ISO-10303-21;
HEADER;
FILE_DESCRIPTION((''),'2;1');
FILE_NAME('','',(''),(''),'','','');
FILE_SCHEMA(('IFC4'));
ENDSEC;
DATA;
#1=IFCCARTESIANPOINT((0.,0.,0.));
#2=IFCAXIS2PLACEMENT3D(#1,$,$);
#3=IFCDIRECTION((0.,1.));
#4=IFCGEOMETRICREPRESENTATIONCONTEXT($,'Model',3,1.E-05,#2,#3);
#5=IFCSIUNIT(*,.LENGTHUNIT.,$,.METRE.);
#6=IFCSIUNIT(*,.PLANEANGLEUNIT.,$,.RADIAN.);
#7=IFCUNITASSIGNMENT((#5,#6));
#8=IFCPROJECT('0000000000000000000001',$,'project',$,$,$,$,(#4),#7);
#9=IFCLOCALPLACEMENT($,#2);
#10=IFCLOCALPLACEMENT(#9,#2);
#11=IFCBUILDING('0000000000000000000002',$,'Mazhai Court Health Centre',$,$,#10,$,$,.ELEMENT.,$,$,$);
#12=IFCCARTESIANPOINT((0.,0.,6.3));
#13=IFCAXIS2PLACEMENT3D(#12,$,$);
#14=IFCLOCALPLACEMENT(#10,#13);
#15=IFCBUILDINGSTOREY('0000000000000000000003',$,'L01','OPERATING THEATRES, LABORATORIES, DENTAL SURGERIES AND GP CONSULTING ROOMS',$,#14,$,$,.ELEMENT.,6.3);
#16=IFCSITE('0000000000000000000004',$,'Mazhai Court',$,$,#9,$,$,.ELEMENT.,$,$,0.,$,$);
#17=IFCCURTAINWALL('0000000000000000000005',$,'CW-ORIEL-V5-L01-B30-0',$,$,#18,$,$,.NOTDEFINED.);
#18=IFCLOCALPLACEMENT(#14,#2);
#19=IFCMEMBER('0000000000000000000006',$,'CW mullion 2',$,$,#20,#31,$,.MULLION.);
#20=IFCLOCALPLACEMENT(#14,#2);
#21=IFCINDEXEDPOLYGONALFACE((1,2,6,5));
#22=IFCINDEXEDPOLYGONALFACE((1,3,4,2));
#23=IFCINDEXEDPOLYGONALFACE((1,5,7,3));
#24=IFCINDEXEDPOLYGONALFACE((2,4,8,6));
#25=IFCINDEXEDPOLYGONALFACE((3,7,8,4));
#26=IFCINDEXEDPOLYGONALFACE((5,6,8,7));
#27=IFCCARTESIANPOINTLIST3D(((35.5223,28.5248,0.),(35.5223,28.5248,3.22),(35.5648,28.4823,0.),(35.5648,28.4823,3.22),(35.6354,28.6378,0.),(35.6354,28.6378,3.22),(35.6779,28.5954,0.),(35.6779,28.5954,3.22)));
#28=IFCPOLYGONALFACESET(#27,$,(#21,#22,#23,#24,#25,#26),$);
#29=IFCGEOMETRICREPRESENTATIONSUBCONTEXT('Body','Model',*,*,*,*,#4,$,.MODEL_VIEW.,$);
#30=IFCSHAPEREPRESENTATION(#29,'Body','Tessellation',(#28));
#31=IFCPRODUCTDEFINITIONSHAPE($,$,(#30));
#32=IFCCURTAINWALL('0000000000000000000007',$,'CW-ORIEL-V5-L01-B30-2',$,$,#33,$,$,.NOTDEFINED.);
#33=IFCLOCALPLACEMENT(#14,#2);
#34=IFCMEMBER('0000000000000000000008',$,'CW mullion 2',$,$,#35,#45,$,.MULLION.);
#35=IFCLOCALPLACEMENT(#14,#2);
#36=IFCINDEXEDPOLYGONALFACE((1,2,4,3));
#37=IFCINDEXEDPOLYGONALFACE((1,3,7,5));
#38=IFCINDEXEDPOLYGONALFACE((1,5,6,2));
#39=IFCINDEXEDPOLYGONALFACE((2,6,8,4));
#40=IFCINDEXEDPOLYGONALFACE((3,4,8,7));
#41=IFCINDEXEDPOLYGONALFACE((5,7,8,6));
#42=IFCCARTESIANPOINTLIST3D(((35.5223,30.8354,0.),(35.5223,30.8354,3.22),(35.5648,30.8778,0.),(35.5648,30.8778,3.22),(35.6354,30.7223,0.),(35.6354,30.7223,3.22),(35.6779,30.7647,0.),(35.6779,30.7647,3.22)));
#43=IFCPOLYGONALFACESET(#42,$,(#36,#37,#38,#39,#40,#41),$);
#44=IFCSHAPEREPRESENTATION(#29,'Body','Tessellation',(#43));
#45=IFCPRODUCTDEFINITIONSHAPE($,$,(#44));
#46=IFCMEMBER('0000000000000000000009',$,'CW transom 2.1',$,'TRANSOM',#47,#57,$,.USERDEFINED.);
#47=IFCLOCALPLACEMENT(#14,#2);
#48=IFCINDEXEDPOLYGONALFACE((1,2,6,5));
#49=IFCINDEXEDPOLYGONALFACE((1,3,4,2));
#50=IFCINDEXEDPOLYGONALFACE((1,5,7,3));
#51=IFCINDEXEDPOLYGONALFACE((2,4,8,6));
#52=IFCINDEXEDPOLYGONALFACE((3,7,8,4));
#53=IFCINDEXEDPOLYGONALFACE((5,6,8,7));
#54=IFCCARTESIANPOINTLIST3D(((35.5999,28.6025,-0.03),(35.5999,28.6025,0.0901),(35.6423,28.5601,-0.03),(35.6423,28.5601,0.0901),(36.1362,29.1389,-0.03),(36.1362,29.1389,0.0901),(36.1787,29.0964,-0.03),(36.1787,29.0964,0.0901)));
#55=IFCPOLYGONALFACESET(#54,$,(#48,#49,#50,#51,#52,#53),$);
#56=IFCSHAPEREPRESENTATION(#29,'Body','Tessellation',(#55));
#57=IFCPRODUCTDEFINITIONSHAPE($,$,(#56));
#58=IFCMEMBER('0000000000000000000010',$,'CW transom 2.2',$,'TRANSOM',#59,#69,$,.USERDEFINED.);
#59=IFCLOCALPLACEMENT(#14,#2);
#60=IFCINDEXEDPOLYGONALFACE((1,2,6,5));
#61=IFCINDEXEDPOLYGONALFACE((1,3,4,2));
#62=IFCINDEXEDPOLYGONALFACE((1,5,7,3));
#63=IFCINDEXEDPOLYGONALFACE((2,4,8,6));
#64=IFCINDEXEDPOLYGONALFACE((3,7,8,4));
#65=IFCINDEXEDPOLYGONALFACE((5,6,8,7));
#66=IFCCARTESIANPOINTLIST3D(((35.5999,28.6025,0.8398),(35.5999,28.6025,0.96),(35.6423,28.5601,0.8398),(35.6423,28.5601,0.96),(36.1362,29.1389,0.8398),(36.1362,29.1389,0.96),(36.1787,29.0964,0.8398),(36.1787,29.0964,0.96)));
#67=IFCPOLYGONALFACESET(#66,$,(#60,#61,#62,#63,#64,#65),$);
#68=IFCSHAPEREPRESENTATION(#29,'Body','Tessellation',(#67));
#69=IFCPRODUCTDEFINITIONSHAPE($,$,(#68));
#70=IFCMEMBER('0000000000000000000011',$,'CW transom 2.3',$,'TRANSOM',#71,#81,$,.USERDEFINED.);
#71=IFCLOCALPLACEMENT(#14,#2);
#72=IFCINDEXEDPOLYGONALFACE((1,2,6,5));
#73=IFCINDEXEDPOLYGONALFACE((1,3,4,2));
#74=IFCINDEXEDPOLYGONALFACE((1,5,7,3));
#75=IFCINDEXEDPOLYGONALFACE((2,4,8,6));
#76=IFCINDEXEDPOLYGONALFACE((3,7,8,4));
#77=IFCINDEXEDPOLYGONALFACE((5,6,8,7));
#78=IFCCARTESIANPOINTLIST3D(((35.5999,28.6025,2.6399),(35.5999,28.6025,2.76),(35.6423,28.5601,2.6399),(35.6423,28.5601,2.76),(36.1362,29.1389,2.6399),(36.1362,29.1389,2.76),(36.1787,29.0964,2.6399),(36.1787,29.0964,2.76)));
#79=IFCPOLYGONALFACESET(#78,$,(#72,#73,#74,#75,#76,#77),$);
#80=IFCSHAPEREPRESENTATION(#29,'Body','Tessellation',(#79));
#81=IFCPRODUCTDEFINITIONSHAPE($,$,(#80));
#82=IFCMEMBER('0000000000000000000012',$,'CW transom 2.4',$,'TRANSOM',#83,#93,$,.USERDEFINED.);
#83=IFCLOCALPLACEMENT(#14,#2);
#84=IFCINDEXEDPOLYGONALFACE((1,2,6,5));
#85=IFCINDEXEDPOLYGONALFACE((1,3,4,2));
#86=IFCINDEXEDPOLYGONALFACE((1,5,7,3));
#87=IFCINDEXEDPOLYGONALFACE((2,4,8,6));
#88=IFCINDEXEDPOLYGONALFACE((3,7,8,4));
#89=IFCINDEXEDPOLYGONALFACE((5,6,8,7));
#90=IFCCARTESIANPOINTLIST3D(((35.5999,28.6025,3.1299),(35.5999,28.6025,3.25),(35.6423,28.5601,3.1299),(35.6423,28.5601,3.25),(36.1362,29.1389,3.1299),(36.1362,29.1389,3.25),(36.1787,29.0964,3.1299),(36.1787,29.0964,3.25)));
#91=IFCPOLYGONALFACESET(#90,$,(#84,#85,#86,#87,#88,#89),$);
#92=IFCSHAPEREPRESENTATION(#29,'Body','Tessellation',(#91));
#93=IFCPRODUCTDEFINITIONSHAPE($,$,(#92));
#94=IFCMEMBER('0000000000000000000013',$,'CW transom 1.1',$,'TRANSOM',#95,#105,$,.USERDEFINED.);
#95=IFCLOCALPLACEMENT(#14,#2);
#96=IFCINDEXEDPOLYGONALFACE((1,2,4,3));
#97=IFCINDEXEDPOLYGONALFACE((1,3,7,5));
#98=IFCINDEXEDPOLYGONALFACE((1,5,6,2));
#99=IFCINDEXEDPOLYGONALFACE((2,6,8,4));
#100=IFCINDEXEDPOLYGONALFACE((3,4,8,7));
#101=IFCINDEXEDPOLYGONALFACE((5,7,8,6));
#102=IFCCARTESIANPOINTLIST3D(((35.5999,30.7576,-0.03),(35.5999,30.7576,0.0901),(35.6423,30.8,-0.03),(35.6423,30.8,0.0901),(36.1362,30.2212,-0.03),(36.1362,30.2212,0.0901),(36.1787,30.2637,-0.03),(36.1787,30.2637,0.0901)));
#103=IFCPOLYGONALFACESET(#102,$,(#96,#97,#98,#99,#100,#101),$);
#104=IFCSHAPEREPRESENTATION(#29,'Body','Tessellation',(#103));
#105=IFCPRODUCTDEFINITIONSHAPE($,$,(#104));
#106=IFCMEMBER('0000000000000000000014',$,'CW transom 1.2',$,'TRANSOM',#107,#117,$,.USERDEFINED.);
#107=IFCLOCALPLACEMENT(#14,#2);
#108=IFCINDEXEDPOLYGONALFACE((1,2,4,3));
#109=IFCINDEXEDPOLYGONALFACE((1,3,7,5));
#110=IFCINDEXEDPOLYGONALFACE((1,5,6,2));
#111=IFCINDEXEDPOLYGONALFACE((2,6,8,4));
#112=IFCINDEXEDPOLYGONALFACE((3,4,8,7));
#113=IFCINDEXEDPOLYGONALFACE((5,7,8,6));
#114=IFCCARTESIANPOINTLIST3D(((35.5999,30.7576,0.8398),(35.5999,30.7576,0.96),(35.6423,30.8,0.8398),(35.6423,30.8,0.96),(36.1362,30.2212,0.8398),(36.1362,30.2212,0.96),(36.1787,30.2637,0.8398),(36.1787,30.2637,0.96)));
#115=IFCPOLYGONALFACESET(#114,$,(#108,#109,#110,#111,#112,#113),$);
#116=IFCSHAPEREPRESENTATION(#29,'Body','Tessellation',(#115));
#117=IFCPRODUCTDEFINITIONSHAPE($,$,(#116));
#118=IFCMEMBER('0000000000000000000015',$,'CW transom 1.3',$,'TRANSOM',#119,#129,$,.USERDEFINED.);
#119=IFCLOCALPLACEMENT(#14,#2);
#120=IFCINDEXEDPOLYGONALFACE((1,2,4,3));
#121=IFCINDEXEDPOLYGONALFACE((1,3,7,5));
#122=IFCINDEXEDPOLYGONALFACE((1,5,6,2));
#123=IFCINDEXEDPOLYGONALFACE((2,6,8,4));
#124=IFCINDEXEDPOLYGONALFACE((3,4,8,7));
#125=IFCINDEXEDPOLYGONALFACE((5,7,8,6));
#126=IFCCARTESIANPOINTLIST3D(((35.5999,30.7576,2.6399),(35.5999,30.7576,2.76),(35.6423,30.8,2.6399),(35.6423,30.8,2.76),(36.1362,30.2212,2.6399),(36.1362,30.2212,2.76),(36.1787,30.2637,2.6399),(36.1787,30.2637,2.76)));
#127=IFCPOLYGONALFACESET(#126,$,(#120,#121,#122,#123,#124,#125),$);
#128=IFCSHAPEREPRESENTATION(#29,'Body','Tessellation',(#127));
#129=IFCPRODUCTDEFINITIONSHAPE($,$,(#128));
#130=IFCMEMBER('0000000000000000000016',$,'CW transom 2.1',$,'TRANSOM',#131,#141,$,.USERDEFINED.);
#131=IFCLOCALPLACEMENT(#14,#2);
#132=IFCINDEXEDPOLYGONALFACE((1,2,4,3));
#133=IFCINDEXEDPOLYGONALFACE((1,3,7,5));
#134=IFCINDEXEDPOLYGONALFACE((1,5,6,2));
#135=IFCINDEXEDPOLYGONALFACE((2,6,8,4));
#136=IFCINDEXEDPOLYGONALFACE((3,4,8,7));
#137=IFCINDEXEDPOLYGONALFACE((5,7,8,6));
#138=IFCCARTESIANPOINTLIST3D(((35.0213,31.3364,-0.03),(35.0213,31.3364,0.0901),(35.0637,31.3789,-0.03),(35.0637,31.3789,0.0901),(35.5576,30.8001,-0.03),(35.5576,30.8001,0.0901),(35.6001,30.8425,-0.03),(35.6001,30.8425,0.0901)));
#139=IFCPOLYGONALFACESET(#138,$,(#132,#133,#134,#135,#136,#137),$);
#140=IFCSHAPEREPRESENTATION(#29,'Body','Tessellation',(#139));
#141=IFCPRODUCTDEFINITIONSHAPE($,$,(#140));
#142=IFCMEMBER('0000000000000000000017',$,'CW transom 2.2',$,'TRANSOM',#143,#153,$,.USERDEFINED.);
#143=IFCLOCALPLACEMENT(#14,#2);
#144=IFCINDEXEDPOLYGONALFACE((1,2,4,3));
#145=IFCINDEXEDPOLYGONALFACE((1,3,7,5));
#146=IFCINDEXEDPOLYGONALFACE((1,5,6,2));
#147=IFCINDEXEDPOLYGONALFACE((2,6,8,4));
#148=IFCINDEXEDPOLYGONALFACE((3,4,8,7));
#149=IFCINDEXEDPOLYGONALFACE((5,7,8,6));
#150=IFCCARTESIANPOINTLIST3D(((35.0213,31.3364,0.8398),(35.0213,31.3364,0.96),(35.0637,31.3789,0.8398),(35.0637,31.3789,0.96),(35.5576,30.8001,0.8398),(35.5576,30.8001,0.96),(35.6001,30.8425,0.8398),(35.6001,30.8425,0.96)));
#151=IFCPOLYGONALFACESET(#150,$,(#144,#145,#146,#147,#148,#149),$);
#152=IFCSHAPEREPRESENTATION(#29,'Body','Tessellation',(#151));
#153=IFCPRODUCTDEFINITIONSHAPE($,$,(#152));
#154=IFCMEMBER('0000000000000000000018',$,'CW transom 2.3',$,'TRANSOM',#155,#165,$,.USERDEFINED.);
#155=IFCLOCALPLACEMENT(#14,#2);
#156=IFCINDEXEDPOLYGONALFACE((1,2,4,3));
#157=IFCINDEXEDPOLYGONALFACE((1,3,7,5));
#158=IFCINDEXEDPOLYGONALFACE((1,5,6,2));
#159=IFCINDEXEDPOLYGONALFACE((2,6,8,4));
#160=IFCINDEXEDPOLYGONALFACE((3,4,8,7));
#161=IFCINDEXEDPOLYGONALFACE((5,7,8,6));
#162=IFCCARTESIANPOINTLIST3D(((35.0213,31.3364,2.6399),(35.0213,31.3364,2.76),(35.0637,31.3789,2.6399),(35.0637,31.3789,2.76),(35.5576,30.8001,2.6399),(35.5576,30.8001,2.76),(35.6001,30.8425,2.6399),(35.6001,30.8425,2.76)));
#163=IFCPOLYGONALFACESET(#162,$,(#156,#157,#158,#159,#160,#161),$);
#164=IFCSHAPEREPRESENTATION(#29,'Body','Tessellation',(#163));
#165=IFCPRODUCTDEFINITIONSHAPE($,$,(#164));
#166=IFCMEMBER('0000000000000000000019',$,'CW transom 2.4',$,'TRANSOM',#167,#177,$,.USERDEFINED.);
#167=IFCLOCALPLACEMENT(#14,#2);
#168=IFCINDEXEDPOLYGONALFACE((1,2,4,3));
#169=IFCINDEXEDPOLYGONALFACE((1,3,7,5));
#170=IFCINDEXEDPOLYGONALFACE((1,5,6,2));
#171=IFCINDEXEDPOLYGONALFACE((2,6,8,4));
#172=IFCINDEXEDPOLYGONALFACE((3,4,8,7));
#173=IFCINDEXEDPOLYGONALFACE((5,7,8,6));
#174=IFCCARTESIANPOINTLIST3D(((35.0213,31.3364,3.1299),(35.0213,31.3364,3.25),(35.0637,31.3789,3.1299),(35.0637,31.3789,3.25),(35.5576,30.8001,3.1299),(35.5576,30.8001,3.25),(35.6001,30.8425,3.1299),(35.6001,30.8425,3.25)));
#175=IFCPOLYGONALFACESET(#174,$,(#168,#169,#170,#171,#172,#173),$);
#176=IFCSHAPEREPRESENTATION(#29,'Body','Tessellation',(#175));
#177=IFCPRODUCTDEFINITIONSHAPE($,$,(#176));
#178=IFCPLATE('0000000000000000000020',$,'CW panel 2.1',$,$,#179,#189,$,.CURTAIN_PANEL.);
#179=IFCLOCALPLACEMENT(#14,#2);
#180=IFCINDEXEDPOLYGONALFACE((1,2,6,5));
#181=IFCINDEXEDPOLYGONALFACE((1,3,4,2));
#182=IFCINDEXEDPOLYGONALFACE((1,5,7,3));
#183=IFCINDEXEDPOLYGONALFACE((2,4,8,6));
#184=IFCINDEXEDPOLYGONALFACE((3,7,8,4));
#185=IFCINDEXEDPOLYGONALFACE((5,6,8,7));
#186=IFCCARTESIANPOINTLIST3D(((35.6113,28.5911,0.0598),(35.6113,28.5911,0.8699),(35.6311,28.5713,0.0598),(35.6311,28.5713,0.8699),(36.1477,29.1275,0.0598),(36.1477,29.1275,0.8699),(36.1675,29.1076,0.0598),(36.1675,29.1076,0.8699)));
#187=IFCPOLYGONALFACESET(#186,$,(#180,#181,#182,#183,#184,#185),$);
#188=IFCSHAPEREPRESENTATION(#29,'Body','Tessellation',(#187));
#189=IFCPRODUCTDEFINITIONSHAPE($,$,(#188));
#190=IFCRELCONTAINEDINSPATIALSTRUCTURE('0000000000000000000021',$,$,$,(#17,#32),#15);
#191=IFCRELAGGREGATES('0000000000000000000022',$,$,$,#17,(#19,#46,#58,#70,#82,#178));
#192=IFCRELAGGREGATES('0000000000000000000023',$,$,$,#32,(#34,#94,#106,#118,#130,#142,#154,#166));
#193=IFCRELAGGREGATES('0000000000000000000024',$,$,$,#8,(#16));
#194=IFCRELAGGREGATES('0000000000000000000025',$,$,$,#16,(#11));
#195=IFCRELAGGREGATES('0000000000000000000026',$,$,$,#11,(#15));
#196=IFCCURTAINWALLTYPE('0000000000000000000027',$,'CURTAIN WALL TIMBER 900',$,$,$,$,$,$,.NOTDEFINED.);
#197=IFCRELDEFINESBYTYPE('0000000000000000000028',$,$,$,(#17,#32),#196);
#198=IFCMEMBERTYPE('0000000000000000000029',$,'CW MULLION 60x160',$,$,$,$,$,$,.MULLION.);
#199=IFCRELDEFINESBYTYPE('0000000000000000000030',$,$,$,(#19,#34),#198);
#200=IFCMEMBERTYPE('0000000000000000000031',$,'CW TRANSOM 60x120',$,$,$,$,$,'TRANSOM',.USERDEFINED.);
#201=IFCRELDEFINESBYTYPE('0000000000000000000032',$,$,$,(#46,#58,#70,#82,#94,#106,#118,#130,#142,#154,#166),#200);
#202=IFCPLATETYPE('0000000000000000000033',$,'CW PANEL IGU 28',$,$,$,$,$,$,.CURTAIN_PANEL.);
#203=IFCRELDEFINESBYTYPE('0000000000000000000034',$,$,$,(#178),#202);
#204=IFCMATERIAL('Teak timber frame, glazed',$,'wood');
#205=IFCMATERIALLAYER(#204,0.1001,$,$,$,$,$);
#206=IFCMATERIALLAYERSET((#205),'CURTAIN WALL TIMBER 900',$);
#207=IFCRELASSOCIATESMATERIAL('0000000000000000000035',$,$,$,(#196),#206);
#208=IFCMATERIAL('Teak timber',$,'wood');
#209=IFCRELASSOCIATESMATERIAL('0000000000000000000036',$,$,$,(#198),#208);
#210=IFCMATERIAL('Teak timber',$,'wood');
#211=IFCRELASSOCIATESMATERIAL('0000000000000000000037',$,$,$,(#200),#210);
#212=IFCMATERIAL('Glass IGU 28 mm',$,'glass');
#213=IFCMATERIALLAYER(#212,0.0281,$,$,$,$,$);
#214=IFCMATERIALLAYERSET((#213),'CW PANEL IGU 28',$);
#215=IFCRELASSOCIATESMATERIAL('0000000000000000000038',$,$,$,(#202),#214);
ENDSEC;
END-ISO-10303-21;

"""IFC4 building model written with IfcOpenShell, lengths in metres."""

from ifc_helpers import new_model, si_unit, direction, frame, origin, origin_2d, place, context, subcontext, project, spatial, rectangle, extrude, material, layer, layer_set, material_profile, profile_set, type_object, element, aggregate, save


model = new_model("IFC4")

# Units and contexts
model_context = context("Model", 3, precision=1e-05, world=origin(), true_north=direction((0.0, 1.0)))
body_context = subcontext(model_context, "Body", "Model", "MODEL_VIEW")
ifc_project = project(units=[si_unit("LENGTHUNIT", "METRE"), si_unit("PLANEANGLEUNIT", "RADIAN")], contexts=[model_context])

# Site, building, storey
site_placement = place(None, origin())
site = spatial("IfcSite", under=ifc_project, at=site_placement, Name="Mazhai Court", CompositionType="ELEMENT", RefElevation=0.0)
building_placement = place(site_placement, origin())
building = spatial("IfcBuilding", under=site, at=building_placement, Name="Mazhai Court Health Centre", CompositionType="ELEMENT")
storey_placement = place(building_placement, frame((0.0, 0.0, 6.3)))
storey = spatial("IfcBuildingStorey", under=building, at=storey_placement, Name="L01", Description="OPERATING THEATRES, LABORATORIES, DENTAL SURGERIES AND GP CONSULTING ROOMS", CompositionType="ELEMENT", Elevation=6.3)

# Curtain walls, members
ifc_material_1 = material(Name="Teak timber frame, glazed", Category="wood")
ifc_layer_1 = layer(ifc_material_1, 0.1001)
ifc_layer_set_1 = layer_set([ifc_layer_1], Name="CURTAIN WALL TIMBER 900")
curtain_wall_type = type_object("IfcCurtainWallType", Name="CURTAIN WALL TIMBER 900", PredefinedType="NOTDEFINED", material=ifc_layer_set_1)
curtain_wall_1_placement = place(storey_placement, origin())
curtain_wall_1 = element("IfcCurtainWall", 1, at=curtain_wall_1_placement, inside=storey, type_object=curtain_wall_type, Name="CW-ORIEL-V5-L01-B30-0", PredefinedType="NOTDEFINED")
ifc_material_2 = material(Name="Teak timber", Category="wood")
ifc_material_profile_1 = material_profile(ifc_material_2, rectangle(XDim=0.0601, YDim=0.1599, at=origin_2d()), Name="CW MULLION 60x160")
ifc_profile_set_1 = profile_set([ifc_material_profile_1], Name="Teak timber")
member_type_1 = type_object("IfcMemberType", Name="CW MULLION 60x160", PredefinedType="MULLION", material=ifc_profile_set_1)
member_1_placement = place(storey_placement, frame((35.6001, 28.5601, 0.0), z_axis=(0.0, 0.0, 1.0), x_axis=(-0.707107, 0.707107, 0.0)))
member_1 = element("IfcMember", 2, at=member_1_placement, type_object=member_type_1, Name="CW mullion 2", PredefinedType="MULLION", context=body_context, shape_type="SweptSolid", body=[
    extrude(rectangle(XDim=0.0601, YDim=0.1599, at=origin_2d()), origin(), (0.0, 0.0, 1.0), 3.22),
])
curtain_wall_2_placement = place(storey_placement, origin())
curtain_wall_2 = element("IfcCurtainWall", 3, at=curtain_wall_2_placement, inside=storey, type_object=curtain_wall_type, Name="CW-ORIEL-V5-L01-B30-2", PredefinedType="NOTDEFINED")
member_2_placement = place(storey_placement, frame((35.6001, 30.8, 0.0), z_axis=(0.0, 0.0, 1.0), x_axis=(-0.707107, -0.707107, 0.0)))
member_2 = element("IfcMember", 4, at=member_2_placement, type_object=member_type_1, Name="CW mullion 2", PredefinedType="MULLION", context=body_context, shape_type="SweptSolid", body=[
    extrude(rectangle(XDim=0.0601, YDim=0.1599, at=origin_2d()), origin(), (0.0, 0.0, 1.0), 3.22),
])

# Members
ifc_material_3 = material(Name="Teak timber", Category="wood")
ifc_material_profile_2 = material_profile(ifc_material_3, rectangle(XDim=0.0601, YDim=0.1201, at=origin_2d()), Name="CW TRANSOM 60x120")
ifc_profile_set_2 = profile_set([ifc_material_profile_2], Name="Teak timber")
member_type_2 = type_object("IfcMemberType", Name="CW TRANSOM 60x120", ElementType="TRANSOM", PredefinedType="USERDEFINED", material=ifc_profile_set_2)
member_3_placement = place(storey_placement, frame((35.6211, 28.5813, 0.03), z_axis=(0.707107, 0.707107, 0.0), x_axis=(-0.707107, 0.707107, 0.0)))
member_3 = element("IfcMember", 5, at=member_3_placement, type_object=member_type_2, Name="CW transom 2.1", ObjectType="TRANSOM", PredefinedType="USERDEFINED", context=body_context, shape_type="SweptSolid", body=[
    extrude(rectangle(XDim=0.0601, YDim=0.1201, at=origin_2d()), origin(), (0.0, 0.0, 1.0), 0.7585),
])
member_4_placement = place(storey_placement, frame((35.6211, 28.5813, 0.8999), z_axis=(0.707107, 0.707107, 0.0), x_axis=(-0.707107, 0.707107, 0.0)))
member_4 = element("IfcMember", 6, at=member_4_placement, type_object=member_type_2, Name="CW transom 2.2", ObjectType="TRANSOM", PredefinedType="USERDEFINED", context=body_context, shape_type="SweptSolid", body=[
    extrude(rectangle(XDim=0.0601, YDim=0.1201, at=origin_2d()), origin(), (0.0, 0.0, 1.0), 0.7585),
])
member_5_placement = place(storey_placement, frame((35.6211, 28.5813, 2.7), z_axis=(0.707107, 0.707107, 0.0), x_axis=(-0.707107, 0.707107, 0.0)))
member_5 = element("IfcMember", 7, at=member_5_placement, type_object=member_type_2, Name="CW transom 2.3", ObjectType="TRANSOM", PredefinedType="USERDEFINED", context=body_context, shape_type="SweptSolid", body=[
    extrude(rectangle(XDim=0.0601, YDim=0.1201, at=origin_2d()), origin(), (0.0, 0.0, 1.0), 0.7585),
])
member_6_placement = place(storey_placement, frame((35.6211, 28.5813, 3.1899), z_axis=(0.707107, 0.707107, 0.0), x_axis=(-0.707107, 0.707107, 0.0)))
member_6 = element("IfcMember", 8, at=member_6_placement, type_object=member_type_2, Name="CW transom 2.4", ObjectType="TRANSOM", PredefinedType="USERDEFINED", context=body_context, shape_type="SweptSolid", body=[
    extrude(rectangle(XDim=0.0601, YDim=0.1201, at=origin_2d()), origin(), (0.0, 0.0, 1.0), 0.7585),
])
member_7_placement = place(storey_placement, frame((36.1575, 30.2424, 0.03), z_axis=(-0.707107, 0.707107, 0.0), x_axis=(-0.707107, -0.707107, 0.0)))
member_7 = element("IfcMember", 9, at=member_7_placement, type_object=member_type_2, Name="CW transom 1.1", ObjectType="TRANSOM", PredefinedType="USERDEFINED", context=body_context, shape_type="SweptSolid", body=[
    extrude(rectangle(XDim=0.0601, YDim=0.1201, at=origin_2d()), origin(), (0.0, 0.0, 1.0), 0.7585),
])
member_8_placement = place(storey_placement, frame((36.1575, 30.2424, 0.8999), z_axis=(-0.707107, 0.707107, 0.0), x_axis=(-0.707107, -0.707107, 0.0)))
member_8 = element("IfcMember", 10, at=member_8_placement, type_object=member_type_2, Name="CW transom 1.2", ObjectType="TRANSOM", PredefinedType="USERDEFINED", context=body_context, shape_type="SweptSolid", body=[
    extrude(rectangle(XDim=0.0601, YDim=0.1201, at=origin_2d()), origin(), (0.0, 0.0, 1.0), 0.7585),
])
member_9_placement = place(storey_placement, frame((36.1575, 30.2424, 2.7), z_axis=(-0.707107, 0.707107, 0.0), x_axis=(-0.707107, -0.707107, 0.0)))
member_9 = element("IfcMember", 11, at=member_9_placement, type_object=member_type_2, Name="CW transom 1.3", ObjectType="TRANSOM", PredefinedType="USERDEFINED", context=body_context, shape_type="SweptSolid", body=[
    extrude(rectangle(XDim=0.0601, YDim=0.1201, at=origin_2d()), origin(), (0.0, 0.0, 1.0), 0.7585),
])
member_10_placement = place(storey_placement, frame((35.5789, 30.8213, 0.03), z_axis=(-0.707107, 0.707107, 0.0), x_axis=(-0.707107, -0.707107, 0.0)))
member_10 = element("IfcMember", 12, at=member_10_placement, type_object=member_type_2, Name="CW transom 2.1", ObjectType="TRANSOM", PredefinedType="USERDEFINED", context=body_context, shape_type="SweptSolid", body=[
    extrude(rectangle(XDim=0.0601, YDim=0.1201, at=origin_2d()), origin(), (0.0, 0.0, 1.0), 0.7585),
])
member_11_placement = place(storey_placement, frame((35.5789, 30.8213, 0.8999), z_axis=(-0.707107, 0.707107, 0.0), x_axis=(-0.707107, -0.707107, 0.0)))
member_11 = element("IfcMember", 13, at=member_11_placement, type_object=member_type_2, Name="CW transom 2.2", ObjectType="TRANSOM", PredefinedType="USERDEFINED", context=body_context, shape_type="SweptSolid", body=[
    extrude(rectangle(XDim=0.0601, YDim=0.1201, at=origin_2d()), origin(), (0.0, 0.0, 1.0), 0.7585),
])
member_12_placement = place(storey_placement, frame((35.5789, 30.8213, 2.7), z_axis=(-0.707107, 0.707107, 0.0), x_axis=(-0.707107, -0.707107, 0.0)))
member_12 = element("IfcMember", 14, at=member_12_placement, type_object=member_type_2, Name="CW transom 2.3", ObjectType="TRANSOM", PredefinedType="USERDEFINED", context=body_context, shape_type="SweptSolid", body=[
    extrude(rectangle(XDim=0.0601, YDim=0.1201, at=origin_2d()), origin(), (0.0, 0.0, 1.0), 0.7585),
])
member_13_placement = place(storey_placement, frame((35.5789, 30.8213, 3.1899), z_axis=(-0.707107, 0.707107, 0.0), x_axis=(-0.707107, -0.707107, 0.0)))
member_13 = element("IfcMember", 15, at=member_13_placement, type_object=member_type_2, Name="CW transom 2.4", ObjectType="TRANSOM", PredefinedType="USERDEFINED", context=body_context, shape_type="SweptSolid", body=[
    extrude(rectangle(XDim=0.0601, YDim=0.1201, at=origin_2d()), origin(), (0.0, 0.0, 1.0), 0.7585),
])

# Plate
ifc_material_4 = material(Name="Glass IGU 28 mm", Category="glass")
ifc_layer_2 = layer(ifc_material_4, 0.0281)
ifc_layer_set_2 = layer_set([ifc_layer_2], Name="CW PANEL IGU 28")
plate_type = type_object("IfcPlateType", Name="CW PANEL IGU 28", PredefinedType="CURTAIN_PANEL", material=ifc_layer_set_2)
plate_1_placement = place(storey_placement, frame((35.8894, 28.8494, 0.0598), z_axis=(0.0, 0.0, 1.0), x_axis=(0.707107, 0.707107, 0.0)))
plate_1 = element("IfcPlate", 16, at=plate_1_placement, type_object=plate_type, Name="CW panel 2.1", PredefinedType="CURTAIN_PANEL", context=body_context, shape_type="SweptSolid", body=[
    extrude(rectangle(XDim=0.7585, YDim=0.0281, at=origin_2d()), origin(), (0.0, 0.0, 1.0), 0.8101),
])
aggregate(curtain_wall_1, [member_1, member_3, member_4, member_5, member_6, plate_1])
aggregate(curtain_wall_2, [member_2, member_7, member_8, member_9, member_10, member_11, member_12, member_13])

save(model, "model.ifc")
